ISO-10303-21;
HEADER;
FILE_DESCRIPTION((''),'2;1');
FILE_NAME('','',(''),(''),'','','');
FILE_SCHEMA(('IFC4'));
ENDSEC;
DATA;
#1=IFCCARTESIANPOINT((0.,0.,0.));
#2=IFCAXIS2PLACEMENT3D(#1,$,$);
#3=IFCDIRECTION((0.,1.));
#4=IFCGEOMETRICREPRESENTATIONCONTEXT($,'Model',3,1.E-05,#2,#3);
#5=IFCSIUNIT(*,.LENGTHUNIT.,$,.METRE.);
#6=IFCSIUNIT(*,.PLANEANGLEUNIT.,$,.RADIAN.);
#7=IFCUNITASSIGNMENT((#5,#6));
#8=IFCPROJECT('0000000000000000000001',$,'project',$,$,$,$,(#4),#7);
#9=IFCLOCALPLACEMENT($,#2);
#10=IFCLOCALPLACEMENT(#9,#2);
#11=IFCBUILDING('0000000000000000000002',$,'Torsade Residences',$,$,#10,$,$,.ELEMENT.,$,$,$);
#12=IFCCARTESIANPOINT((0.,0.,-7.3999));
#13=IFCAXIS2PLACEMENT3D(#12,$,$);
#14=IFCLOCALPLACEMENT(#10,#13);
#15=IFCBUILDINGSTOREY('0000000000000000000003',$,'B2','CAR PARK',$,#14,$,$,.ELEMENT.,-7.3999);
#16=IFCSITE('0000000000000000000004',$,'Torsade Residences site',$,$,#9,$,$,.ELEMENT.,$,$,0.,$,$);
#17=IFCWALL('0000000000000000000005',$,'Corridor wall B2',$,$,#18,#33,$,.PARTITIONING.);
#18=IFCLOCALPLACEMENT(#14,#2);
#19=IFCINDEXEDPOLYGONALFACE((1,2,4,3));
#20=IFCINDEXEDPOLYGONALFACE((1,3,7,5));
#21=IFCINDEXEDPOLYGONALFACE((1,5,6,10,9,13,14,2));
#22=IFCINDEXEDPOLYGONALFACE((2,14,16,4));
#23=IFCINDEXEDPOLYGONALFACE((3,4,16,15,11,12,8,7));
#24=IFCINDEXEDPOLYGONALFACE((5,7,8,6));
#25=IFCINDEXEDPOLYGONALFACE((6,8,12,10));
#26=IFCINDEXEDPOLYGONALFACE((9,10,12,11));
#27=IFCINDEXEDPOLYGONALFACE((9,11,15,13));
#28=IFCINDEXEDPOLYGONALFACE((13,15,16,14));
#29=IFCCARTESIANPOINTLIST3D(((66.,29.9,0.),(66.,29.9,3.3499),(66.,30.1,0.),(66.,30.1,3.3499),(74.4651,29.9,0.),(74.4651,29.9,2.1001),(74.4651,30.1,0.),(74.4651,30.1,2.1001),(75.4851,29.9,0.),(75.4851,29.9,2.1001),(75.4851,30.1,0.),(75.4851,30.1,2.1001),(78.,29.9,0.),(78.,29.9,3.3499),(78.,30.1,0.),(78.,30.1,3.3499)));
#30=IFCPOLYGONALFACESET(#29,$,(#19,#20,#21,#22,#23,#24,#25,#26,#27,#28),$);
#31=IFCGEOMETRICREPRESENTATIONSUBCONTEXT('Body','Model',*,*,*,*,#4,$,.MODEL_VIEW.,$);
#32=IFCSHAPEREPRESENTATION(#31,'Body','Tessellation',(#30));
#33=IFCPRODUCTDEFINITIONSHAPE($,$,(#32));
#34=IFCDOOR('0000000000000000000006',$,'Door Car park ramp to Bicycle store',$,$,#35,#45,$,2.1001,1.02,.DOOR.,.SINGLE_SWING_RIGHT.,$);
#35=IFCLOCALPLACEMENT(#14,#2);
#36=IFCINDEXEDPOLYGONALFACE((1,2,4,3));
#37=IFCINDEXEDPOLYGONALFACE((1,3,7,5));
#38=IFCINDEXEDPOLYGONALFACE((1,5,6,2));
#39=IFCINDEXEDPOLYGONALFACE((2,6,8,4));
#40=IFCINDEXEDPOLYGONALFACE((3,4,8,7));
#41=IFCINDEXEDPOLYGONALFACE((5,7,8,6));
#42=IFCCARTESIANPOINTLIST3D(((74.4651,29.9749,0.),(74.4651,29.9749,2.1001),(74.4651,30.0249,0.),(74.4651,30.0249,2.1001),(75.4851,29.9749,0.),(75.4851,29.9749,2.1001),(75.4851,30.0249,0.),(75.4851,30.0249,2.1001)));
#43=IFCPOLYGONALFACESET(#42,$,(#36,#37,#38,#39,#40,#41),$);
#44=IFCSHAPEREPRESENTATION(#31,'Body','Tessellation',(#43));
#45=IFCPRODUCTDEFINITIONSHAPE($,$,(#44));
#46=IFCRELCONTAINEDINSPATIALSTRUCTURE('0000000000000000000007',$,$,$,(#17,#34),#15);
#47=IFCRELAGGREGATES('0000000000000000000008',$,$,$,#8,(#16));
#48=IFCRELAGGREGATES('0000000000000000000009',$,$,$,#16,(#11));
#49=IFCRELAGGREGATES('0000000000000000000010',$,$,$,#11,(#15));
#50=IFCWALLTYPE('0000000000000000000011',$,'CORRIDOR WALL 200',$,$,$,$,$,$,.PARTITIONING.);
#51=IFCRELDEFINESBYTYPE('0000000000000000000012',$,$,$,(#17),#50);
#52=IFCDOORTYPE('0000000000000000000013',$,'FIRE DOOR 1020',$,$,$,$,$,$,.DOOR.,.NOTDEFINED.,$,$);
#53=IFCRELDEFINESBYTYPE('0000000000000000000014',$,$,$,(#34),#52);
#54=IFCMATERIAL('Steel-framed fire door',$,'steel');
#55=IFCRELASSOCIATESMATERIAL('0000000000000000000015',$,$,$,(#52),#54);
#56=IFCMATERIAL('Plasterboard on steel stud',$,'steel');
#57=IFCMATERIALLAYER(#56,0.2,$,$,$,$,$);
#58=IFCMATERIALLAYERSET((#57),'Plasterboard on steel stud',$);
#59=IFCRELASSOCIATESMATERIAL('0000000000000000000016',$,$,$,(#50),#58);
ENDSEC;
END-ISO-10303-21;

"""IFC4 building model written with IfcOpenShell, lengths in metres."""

from ifc_helpers import new_model, si_unit, direction, frame, frame_2d, origin, place, context, subcontext, project, spatial, rectangle, extrude, material, layer, layer_set, type_object, element, fill, save


model = new_model("IFC4")

# Units and contexts
model_context = context("Model", 3, precision=1e-05, world=origin(), true_north=direction((0.0, 1.0)))
body_context = subcontext(model_context, "Body", "Model", "MODEL_VIEW")
ifc_project = project(units=[si_unit("LENGTHUNIT", "METRE"), si_unit("PLANEANGLEUNIT", "RADIAN")], contexts=[model_context])

# Site, building, storey
site_placement = place(None, origin())
site = spatial("IfcSite", under=ifc_project, at=site_placement, Name="Torsade Residences site", CompositionType="ELEMENT", RefElevation=0.0)
building_placement = place(site_placement, origin())
building = spatial("IfcBuilding", under=site, at=building_placement, Name="Torsade Residences", CompositionType="ELEMENT")
storey_placement = place(building_placement, frame((0.0, 0.0, -7.3999)))
storey = spatial("IfcBuildingStorey", under=building, at=storey_placement, Name="B2", Description="CAR PARK", CompositionType="ELEMENT", Elevation=-7.3999)

# Shared definitions
ifc_material_1 = material(Name="Steel-framed fire door", Category="steel")
door_type_1 = type_object("IfcDoorType", Name="FIRE DOOR 1020", OperationType="NOTDEFINED", PredefinedType="DOOR", material=ifc_material_1)

# Wall, opening, door
ifc_material_2 = material(Name="Plasterboard on steel stud", Category="steel")
ifc_layer_1 = layer(ifc_material_2, 0.2)
ifc_layer_set_1 = layer_set([ifc_layer_1], Name="Plasterboard on steel stud")
wall_type_1 = type_object("IfcWallType", Name="CORRIDOR WALL 200", PredefinedType="PARTITIONING", material=ifc_layer_set_1)
wall_1_placement = place(storey_placement, frame((66.0, 30.0, 0.0), z_axis=(0.0, 0.0, 1.0), x_axis=(1.0, 0.0, 0.0)))
wall_1 = element("IfcWall", 1, at=wall_1_placement, inside=storey, type_object=wall_type_1, Name="Corridor wall B2", PredefinedType="PARTITIONING", context=body_context, shape_type="SweptSolid", body=[
    extrude(rectangle(XDim=12.0, YDim=0.2, at=frame_2d((6.0, 0.0))), origin(), (0.0, 0.0, 1.0), 3.3499),
])
opening_1_placement = place(wall_1_placement, frame((8.4651, 0.0, 0.0)))
opening_1 = element("IfcOpeningElement", 2, at=opening_1_placement, cuts=wall_1, PredefinedType="OPENING", context=body_context, shape_type="SweptSolid", body=[
    extrude(rectangle(XDim=1.02, YDim=2.1001, at=frame_2d((0.51, 1.05))), frame((0.0, 0.1099, 0.0), z_axis=(0.0, -1.0, 0.0), x_axis=(1.0, 0.0, 0.0)), (0.0, 0.0, 1.0), 0.22),
])
door_1_placement = place(opening_1_placement, origin())
door_1 = element("IfcDoor", 3, at=door_1_placement, inside=storey, type_object=door_type_1, Name="Door Car park ramp to Bicycle store", OperationType="SINGLE_SWING_RIGHT", OverallHeight=2.1001, OverallWidth=1.02, PredefinedType="DOOR", context=body_context, shape_type="SweptSolid", body=[
    extrude(rectangle(XDim=1.02, YDim=2.1001, at=frame_2d((0.51, 1.05))), frame((0.0, 0.0249, 0.0), z_axis=(0.0, -1.0, 0.0), x_axis=(1.0, 0.0, 0.0)), (0.0, 0.0, 1.0), 0.05),
])
fill(opening_1, door_1)

save(model, "model.ifc")
